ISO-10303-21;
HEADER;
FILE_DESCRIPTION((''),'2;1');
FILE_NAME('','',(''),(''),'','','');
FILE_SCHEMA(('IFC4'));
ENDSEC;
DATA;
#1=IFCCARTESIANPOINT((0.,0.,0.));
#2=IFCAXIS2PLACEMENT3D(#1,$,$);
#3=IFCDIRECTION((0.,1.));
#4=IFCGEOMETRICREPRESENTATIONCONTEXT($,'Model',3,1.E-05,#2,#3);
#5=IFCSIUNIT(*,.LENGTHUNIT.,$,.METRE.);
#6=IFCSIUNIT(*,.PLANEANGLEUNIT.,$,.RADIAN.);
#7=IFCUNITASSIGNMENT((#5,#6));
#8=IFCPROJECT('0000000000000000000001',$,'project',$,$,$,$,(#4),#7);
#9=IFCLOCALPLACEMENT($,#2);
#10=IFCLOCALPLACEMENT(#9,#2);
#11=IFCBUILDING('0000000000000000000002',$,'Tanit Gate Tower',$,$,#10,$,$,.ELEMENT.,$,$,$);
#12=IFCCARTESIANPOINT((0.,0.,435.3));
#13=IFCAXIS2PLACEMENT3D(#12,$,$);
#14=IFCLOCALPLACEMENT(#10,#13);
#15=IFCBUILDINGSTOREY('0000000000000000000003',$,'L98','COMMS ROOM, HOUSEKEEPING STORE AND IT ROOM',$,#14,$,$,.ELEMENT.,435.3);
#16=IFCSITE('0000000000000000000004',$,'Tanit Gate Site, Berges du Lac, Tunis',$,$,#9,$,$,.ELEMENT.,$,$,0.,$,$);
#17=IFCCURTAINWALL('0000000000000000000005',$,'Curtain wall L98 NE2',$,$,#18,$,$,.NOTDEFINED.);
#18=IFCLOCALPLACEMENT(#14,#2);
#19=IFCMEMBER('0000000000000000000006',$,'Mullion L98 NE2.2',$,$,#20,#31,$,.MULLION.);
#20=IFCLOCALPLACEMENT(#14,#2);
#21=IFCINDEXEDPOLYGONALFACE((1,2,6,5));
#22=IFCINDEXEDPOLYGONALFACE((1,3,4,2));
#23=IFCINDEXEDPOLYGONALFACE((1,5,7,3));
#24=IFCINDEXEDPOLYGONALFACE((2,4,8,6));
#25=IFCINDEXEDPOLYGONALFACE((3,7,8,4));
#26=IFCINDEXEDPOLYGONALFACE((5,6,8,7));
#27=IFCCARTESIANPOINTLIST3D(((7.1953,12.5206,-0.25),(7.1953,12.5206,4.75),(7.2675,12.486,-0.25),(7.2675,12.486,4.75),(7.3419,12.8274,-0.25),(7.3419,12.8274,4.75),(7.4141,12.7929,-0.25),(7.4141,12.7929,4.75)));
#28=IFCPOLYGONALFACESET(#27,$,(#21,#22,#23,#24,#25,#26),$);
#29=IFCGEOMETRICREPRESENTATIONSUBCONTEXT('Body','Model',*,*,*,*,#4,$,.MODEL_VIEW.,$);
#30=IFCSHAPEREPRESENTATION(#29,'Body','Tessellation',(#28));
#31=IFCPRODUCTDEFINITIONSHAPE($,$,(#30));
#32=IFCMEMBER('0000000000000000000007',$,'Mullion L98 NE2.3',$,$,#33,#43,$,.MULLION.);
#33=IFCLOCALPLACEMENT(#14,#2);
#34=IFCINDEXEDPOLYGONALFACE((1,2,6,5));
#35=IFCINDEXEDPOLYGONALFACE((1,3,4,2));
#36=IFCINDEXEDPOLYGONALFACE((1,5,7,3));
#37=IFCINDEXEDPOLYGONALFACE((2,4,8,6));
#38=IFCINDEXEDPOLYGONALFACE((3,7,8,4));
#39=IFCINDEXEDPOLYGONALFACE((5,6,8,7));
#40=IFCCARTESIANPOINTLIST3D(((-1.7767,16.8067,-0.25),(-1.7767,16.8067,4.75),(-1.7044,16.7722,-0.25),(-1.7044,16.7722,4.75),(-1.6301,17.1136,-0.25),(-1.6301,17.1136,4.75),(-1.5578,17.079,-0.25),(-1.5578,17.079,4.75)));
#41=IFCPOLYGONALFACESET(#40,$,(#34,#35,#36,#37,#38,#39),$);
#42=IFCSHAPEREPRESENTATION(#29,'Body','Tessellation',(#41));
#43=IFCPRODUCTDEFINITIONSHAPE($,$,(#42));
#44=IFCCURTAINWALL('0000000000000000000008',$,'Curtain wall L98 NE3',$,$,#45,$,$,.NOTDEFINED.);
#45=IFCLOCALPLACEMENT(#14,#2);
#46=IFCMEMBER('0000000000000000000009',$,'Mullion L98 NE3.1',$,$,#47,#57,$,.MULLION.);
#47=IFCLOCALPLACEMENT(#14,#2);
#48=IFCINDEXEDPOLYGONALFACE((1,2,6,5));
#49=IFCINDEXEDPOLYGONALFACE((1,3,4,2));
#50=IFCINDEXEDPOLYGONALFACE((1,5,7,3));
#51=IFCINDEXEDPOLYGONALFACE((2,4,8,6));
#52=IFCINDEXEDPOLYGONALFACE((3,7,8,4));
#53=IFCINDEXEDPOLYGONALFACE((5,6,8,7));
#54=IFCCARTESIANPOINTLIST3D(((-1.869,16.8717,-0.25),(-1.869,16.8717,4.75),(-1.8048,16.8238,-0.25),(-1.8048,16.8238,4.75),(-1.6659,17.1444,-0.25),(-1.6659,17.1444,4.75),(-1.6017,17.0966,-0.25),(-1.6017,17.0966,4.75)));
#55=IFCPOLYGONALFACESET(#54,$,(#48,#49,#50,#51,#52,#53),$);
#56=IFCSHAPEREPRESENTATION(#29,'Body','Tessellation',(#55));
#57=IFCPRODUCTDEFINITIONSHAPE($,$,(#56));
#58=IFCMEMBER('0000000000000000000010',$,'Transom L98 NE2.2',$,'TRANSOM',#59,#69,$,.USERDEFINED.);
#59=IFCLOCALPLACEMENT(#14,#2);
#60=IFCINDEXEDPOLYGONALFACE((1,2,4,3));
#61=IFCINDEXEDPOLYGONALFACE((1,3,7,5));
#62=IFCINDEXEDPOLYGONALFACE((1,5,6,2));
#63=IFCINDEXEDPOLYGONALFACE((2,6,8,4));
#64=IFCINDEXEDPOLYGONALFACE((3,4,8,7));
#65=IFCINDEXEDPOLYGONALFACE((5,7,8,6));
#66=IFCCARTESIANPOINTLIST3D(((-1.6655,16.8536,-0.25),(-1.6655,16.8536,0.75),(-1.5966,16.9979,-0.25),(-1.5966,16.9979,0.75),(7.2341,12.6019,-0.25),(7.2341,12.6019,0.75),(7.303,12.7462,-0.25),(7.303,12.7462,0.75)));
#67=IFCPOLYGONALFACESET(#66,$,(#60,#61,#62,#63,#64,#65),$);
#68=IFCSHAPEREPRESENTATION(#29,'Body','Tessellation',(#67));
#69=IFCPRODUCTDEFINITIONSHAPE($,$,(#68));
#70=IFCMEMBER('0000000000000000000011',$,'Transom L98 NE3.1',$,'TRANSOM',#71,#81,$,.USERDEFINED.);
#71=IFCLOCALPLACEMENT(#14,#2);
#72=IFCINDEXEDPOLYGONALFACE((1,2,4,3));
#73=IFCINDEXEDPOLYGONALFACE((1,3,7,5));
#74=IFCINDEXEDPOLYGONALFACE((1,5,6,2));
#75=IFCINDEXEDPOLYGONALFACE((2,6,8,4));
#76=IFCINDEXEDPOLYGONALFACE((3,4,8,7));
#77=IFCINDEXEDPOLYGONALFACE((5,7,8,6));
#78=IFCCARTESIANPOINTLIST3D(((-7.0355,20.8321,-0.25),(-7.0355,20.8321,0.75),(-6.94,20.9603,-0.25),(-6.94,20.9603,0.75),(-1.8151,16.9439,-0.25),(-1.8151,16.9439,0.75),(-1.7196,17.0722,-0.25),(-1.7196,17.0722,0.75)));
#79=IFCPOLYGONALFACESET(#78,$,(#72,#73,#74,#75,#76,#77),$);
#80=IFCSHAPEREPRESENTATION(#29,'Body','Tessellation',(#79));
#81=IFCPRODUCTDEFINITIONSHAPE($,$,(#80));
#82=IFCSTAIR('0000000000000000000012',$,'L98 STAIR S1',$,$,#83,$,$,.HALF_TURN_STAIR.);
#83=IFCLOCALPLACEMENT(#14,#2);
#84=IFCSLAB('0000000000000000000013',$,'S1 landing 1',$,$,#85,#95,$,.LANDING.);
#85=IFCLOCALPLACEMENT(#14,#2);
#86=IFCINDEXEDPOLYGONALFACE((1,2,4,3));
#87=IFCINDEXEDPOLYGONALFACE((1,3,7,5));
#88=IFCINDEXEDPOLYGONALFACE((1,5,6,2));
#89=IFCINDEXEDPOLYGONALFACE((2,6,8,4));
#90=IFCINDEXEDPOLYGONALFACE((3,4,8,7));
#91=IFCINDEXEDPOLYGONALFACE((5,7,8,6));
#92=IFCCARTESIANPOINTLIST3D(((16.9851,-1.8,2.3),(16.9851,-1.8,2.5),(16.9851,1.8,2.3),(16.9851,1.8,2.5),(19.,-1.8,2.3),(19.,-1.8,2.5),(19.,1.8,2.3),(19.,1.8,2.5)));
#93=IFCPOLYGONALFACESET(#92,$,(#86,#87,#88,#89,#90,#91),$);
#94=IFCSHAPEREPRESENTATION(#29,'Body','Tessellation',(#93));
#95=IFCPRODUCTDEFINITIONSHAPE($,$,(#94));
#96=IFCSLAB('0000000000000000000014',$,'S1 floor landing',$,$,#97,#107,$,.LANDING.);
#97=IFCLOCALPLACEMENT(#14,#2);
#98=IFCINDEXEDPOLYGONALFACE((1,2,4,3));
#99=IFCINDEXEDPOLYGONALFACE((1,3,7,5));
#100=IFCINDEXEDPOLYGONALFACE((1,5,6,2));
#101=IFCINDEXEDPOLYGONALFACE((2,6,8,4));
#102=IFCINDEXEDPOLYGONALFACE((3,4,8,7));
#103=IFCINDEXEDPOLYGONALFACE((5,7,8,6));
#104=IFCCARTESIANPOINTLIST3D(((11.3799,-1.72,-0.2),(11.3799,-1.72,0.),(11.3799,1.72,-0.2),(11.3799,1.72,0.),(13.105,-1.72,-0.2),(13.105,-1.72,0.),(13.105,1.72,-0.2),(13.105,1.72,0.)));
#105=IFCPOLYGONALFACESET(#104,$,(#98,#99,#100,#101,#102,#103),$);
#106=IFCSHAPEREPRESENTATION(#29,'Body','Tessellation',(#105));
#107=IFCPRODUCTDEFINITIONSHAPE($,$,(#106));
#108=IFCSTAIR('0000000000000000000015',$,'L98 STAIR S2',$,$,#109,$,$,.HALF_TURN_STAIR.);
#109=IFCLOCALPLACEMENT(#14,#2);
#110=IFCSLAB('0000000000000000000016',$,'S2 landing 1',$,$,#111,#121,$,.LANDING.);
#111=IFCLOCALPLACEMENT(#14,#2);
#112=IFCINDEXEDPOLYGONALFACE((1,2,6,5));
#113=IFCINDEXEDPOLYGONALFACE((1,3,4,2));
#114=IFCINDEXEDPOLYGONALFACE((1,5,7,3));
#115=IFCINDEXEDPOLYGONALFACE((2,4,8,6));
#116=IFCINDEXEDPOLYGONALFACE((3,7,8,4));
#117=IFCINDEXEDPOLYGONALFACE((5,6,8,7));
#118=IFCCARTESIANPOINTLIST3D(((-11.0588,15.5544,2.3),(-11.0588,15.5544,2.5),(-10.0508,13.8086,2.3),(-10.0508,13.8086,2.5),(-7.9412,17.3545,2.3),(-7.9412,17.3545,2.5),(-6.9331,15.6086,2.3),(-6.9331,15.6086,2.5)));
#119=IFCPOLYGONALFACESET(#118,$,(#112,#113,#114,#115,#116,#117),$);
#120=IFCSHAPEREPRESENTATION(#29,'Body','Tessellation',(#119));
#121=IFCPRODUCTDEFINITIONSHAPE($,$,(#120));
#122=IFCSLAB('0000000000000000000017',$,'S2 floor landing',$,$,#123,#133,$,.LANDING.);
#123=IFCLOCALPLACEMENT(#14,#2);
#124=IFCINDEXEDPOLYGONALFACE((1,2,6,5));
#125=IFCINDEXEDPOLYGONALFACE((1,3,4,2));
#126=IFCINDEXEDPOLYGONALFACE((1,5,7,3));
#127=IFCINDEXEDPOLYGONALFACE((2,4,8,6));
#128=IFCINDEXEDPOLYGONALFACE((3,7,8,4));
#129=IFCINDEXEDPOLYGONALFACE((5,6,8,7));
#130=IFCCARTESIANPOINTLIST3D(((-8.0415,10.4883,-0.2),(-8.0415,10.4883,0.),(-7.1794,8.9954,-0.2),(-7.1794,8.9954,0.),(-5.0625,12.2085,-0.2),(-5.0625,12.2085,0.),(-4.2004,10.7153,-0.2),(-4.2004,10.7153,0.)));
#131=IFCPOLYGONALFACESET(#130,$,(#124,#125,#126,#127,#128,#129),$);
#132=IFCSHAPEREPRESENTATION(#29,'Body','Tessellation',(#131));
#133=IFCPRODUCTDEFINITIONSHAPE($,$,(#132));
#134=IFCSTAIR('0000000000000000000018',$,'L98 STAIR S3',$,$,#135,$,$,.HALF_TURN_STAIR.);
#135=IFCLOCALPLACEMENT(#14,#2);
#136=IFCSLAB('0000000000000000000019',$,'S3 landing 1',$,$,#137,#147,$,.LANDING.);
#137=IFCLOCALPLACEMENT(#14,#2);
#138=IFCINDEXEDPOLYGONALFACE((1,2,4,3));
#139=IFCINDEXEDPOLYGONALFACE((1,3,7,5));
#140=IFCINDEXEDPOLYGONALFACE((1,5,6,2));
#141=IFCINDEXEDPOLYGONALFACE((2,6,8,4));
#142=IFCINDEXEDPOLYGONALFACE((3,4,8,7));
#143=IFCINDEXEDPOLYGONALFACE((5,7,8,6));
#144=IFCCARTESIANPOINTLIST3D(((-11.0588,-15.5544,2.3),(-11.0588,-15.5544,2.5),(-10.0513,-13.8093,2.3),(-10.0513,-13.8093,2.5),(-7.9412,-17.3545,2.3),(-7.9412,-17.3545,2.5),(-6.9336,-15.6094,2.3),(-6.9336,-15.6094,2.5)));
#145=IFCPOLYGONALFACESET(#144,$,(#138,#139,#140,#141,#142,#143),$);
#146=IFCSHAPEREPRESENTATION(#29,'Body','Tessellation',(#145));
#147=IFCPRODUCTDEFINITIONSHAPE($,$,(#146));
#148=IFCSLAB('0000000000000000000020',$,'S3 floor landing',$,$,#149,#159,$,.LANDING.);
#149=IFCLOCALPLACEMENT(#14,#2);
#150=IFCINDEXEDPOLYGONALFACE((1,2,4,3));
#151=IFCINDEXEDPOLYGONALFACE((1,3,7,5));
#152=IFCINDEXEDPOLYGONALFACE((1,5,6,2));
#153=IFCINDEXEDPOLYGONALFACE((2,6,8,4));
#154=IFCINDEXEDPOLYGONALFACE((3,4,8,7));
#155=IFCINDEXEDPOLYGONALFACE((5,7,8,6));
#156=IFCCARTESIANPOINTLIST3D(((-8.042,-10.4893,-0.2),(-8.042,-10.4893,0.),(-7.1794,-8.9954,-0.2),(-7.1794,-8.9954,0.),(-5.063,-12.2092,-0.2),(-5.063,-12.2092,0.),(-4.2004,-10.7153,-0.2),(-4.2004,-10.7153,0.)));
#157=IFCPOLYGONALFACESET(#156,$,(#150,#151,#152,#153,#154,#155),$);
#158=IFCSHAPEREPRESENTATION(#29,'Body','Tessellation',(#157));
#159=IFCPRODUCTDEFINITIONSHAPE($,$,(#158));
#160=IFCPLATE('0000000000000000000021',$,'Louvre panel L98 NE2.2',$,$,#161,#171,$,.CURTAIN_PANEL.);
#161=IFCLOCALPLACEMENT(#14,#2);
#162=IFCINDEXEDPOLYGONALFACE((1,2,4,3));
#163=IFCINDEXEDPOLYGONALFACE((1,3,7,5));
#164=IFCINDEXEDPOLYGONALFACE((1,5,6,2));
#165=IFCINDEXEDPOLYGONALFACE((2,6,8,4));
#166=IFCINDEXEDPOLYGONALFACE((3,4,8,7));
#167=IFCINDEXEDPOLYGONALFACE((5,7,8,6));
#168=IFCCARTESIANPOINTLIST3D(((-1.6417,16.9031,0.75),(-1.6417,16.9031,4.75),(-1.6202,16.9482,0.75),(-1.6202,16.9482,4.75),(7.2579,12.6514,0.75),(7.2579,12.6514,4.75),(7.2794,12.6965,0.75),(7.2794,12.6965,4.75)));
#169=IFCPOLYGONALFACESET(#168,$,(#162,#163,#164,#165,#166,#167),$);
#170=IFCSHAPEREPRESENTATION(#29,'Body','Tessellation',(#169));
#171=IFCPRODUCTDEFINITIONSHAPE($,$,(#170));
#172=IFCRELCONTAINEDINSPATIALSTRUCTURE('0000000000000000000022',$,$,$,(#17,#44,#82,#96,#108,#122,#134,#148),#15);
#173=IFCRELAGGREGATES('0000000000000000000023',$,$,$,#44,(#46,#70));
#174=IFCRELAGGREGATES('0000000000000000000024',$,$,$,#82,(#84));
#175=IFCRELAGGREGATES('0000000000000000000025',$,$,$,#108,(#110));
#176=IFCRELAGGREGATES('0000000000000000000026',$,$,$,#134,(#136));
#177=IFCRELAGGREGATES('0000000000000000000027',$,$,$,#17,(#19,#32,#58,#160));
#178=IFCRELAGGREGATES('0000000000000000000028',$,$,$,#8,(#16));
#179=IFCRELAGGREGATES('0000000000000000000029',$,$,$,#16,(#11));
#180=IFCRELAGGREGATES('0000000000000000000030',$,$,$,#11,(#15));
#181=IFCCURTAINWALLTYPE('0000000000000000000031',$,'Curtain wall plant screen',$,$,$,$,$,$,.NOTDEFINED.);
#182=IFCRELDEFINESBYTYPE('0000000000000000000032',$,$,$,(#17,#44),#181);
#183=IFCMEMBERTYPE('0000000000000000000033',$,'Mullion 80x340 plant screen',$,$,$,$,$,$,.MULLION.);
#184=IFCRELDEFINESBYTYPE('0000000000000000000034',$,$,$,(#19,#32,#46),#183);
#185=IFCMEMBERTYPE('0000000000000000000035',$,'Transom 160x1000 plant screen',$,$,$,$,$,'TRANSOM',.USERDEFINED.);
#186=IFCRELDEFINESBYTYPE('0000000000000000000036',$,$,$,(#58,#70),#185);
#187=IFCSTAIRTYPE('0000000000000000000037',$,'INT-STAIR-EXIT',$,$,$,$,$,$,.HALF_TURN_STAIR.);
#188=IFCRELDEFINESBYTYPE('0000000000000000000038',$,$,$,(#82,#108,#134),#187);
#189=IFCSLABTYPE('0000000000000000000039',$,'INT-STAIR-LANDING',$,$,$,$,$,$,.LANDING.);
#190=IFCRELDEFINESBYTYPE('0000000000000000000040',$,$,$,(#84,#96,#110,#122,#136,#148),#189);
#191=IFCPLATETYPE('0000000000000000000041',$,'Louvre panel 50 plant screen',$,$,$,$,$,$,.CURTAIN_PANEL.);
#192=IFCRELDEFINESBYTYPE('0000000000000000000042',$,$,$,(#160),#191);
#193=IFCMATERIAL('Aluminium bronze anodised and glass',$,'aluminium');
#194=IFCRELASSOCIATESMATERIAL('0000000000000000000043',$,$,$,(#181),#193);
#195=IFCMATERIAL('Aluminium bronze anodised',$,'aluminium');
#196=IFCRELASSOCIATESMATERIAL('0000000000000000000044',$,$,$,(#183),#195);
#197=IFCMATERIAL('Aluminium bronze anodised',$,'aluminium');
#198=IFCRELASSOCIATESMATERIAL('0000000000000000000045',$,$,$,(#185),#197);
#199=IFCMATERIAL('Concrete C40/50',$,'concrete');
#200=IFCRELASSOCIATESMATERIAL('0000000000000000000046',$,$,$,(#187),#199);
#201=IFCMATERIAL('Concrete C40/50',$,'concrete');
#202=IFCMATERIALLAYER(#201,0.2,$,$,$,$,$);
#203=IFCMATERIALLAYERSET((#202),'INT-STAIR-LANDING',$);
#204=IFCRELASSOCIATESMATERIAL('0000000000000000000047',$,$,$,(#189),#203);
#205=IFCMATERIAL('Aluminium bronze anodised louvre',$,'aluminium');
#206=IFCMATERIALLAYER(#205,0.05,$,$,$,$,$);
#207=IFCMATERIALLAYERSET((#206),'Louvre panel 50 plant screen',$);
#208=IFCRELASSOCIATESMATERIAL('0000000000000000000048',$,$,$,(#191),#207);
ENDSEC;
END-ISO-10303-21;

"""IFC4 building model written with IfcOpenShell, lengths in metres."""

from ifc_helpers import new_model, si_unit, direction, frame, origin, origin_2d, place, context, subcontext, project, spatial, polyline, rectangle, outline, extrude, material, layer, layer_set, material_profile, profile_set, type_object, element, aggregate, save


model = new_model("IFC4")

# Units and contexts
model_context = context("Model", 3, precision=1e-05, world=origin(), true_north=direction((0.0, 1.0)))
body_context = subcontext(model_context, "Body", "Model", "MODEL_VIEW")
ifc_project = project(units=[si_unit("LENGTHUNIT", "METRE"), si_unit("PLANEANGLEUNIT", "RADIAN")], contexts=[model_context])

# Site, building, storey
site_placement = place(None, origin())
site = spatial("IfcSite", under=ifc_project, at=site_placement, Name="Tanit Gate Site, Berges du Lac, Tunis", CompositionType="ELEMENT", RefElevation=0.0)
building_placement = place(site_placement, origin())
building = spatial("IfcBuilding", under=site, at=building_placement, Name="Tanit Gate Tower", CompositionType="ELEMENT")
storey_placement = place(building_placement, frame((0.0, 0.0, 435.3)))
storey = spatial("IfcBuildingStorey", under=building, at=storey_placement, Name="L98", Description="COMMS ROOM, HOUSEKEEPING STORE AND IT ROOM", CompositionType="ELEMENT", Elevation=435.3)

# Curtain wall, members
ifc_material_1 = material(Name="Aluminium bronze anodised and glass", Category="aluminium")
curtain_wall_type = type_object("IfcCurtainWallType", Name="Curtain wall plant screen", PredefinedType="NOTDEFINED", material=ifc_material_1)
curtain_wall_1_placement = place(storey_placement, origin())
curtain_wall_1 = element("IfcCurtainWall", 1, at=curtain_wall_1_placement, inside=storey, type_object=curtain_wall_type, Name="Curtain wall L98 NE2", PredefinedType="NOTDEFINED")
ifc_material_2 = material(Name="Aluminium bronze anodised", Category="aluminium")
ifc_material_profile_1 = material_profile(ifc_material_2, rectangle(XDim=0.3401, YDim=0.0801, at=origin_2d()), Name="80x340 bronze mullion")
ifc_profile_set_1 = profile_set([ifc_material_profile_1], Name="Aluminium bronze anodised")
member_type_1 = type_object("IfcMemberType", Name="Mullion 80x340 plant screen", PredefinedType="MULLION", material=ifc_profile_set_1)
member_1_placement = place(storey_placement, frame((7.3047, 12.6567, -0.25), z_axis=(0.0, 0.0, 1.0), x_axis=(-0.431073, -0.902317, 0.0)))
member_1 = element("IfcMember", 2, at=member_1_placement, type_object=member_type_1, Name="Mullion L98 NE2.2", PredefinedType="MULLION", context=body_context, shape_type="SweptSolid", body=[
    extrude(rectangle(XDim=0.3401, YDim=0.0801, at=origin_2d()), origin(), (0.0, 0.0, 1.0), 5.0),
])
member_2_placement = place(storey_placement, frame((-1.6672, 16.9429, -0.25), z_axis=(0.0, 0.0, 1.0), x_axis=(-0.431073, -0.902317, 0.0)))
member_2 = element("IfcMember", 3, at=member_2_placement, type_object=member_type_1, Name="Mullion L98 NE2.3", PredefinedType="MULLION", context=body_context, shape_type="SweptSolid", body=[
    extrude(rectangle(XDim=0.3401, YDim=0.0801, at=origin_2d()), origin(), (0.0, 0.0, 1.0), 5.0),
])

# Curtain wall, member
curtain_wall_2_placement = place(storey_placement, origin())
curtain_wall_2 = element("IfcCurtainWall", 4, at=curtain_wall_2_placement, inside=storey, type_object=curtain_wall_type, Name="Curtain wall L98 NE3", PredefinedType="NOTDEFINED")
member_3_placement = place(storey_placement, frame((-1.7354, 16.9841, -0.25), z_axis=(0.0, 0.0, 1.0), x_axis=(-0.597341, -0.801988, 0.0)))
member_3 = element("IfcMember", 5, at=member_3_placement, type_object=member_type_1, Name="Mullion L98 NE3.1", PredefinedType="MULLION", context=body_context, shape_type="SweptSolid", body=[
    extrude(rectangle(XDim=0.3401, YDim=0.0801, at=origin_2d()), origin(), (0.0, 0.0, 1.0), 5.0),
])

# Members
ifc_material_3 = material(Name="Aluminium bronze anodised", Category="aluminium")
ifc_material_profile_2 = material_profile(ifc_material_3, rectangle(XDim=0.1599, YDim=1.0, at=origin_2d()), Name="160x1000 bronze transom")
ifc_profile_set_2 = profile_set([ifc_material_profile_2], Name="Aluminium bronze anodised")
member_type_2 = type_object("IfcMemberType", Name="Transom 160x1000 plant screen", ElementType="TRANSOM", PredefinedType="USERDEFINED", material=ifc_profile_set_2)
member_4_placement = place(storey_placement, frame((7.2686, 12.6741, 0.25), z_axis=(-0.902318, 0.431072, 0.0), x_axis=(-0.431072, -0.902318, 0.0)))
member_4 = element("IfcMember", 6, at=member_4_placement, type_object=member_type_2, Name="Transom L98 NE2.2", ObjectType="TRANSOM", PredefinedType="USERDEFINED", context=body_context, shape_type="SweptSolid", body=[
    extrude(rectangle(XDim=0.1599, YDim=1.0, at=origin_2d()), origin(), (0.0, 0.0, 1.0), 9.863),
])
member_5_placement = place(storey_placement, frame((-1.7673, 17.0081, 0.25), z_axis=(-0.801998, 0.597326, 0.0), x_axis=(-0.597326, -0.801998, 0.0)))
member_5 = element("IfcMember", 7, at=member_5_placement, type_object=member_type_2, Name="Transom L98 NE3.1", ObjectType="TRANSOM", PredefinedType="USERDEFINED", context=body_context, shape_type="SweptSolid", body=[
    extrude(rectangle(XDim=0.1599, YDim=1.0, at=origin_2d()), origin(), (0.0, 0.0, 1.0), 6.5093),
])
aggregate(curtain_wall_2, [member_3, member_5])

# Stair, slab
ifc_material_4 = material(Name="Concrete C40/50", Category="concrete")
stair_type = type_object("IfcStairType", Name="INT-STAIR-EXIT", PredefinedType="HALF_TURN_STAIR", material=ifc_material_4)
stair_1_placement = place(storey_placement, origin())
stair_1 = element("IfcStair", 8, at=stair_1_placement, inside=storey, type_object=stair_type, Name="L98 STAIR S1", PredefinedType="HALF_TURN_STAIR")
ifc_material_5 = material(Name="Concrete C40/50", Category="concrete")
ifc_layer_1 = layer(ifc_material_5, 0.2)
ifc_layer_set_1 = layer_set([ifc_layer_1], Name="INT-STAIR-LANDING")
slab_type_1 = type_object("IfcSlabType", Name="INT-STAIR-LANDING", PredefinedType="LANDING", material=ifc_layer_set_1)
slab_1_placement = place(storey_placement, frame((0.0, 0.0, 2.3)))
slab_1 = element("IfcSlab", 9, at=slab_1_placement, type_object=slab_type_1, Name="S1 landing 1", PredefinedType="LANDING", context=body_context, shape_type="SweptSolid", body=[
    extrude(outline(polyline([(16.9851, -1.8), (19.0, -1.8), (19.0, 1.8), (16.9851, 1.8), (16.9851, -1.8)])), origin(), (0.0, 0.0, 1.0), 0.2),
])
aggregate(stair_1, [slab_1])

# Slab
slab_2_placement = place(storey_placement, frame((0.0, 0.0, -0.2)))
element("IfcSlab", 10, at=slab_2_placement, inside=storey, type_object=slab_type_1, Name="S1 floor landing", PredefinedType="LANDING", context=body_context, shape_type="SweptSolid", body=[
    extrude(outline(polyline([(11.3799, -1.72), (13.105, -1.72), (13.105, 1.72), (11.3799, 1.72), (11.3799, -1.72)])), origin(), (0.0, 0.0, 1.0), 0.2),
])

# Stair, slab
stair_2_placement = place(storey_placement, origin())
stair_2 = element("IfcStair", 11, at=stair_2_placement, inside=storey, type_object=stair_type, Name="L98 STAIR S2", PredefinedType="HALF_TURN_STAIR")
slab_3_placement = place(storey_placement, frame((0.0, 0.0, 2.3)))
slab_3 = element("IfcSlab", 12, at=slab_3_placement, type_object=slab_type_1, Name="S2 landing 1", PredefinedType="LANDING", context=body_context, shape_type="SweptSolid", body=[
    extrude(outline(polyline([(-6.9331, 15.6086), (-7.9412, 17.3545), (-11.0588, 15.5544), (-10.0508, 13.8086), (-6.9331, 15.6086)])), origin(), (0.0, 0.0, 1.0), 0.2),
])
aggregate(stair_2, [slab_3])

# Slab
slab_4_placement = place(storey_placement, frame((0.0, 0.0, -0.2)))
element("IfcSlab", 13, at=slab_4_placement, inside=storey, type_object=slab_type_1, Name="S2 floor landing", PredefinedType="LANDING", context=body_context, shape_type="SweptSolid", body=[
    extrude(outline(polyline([(-4.2004, 10.7153), (-5.0625, 12.2085), (-8.0415, 10.4883), (-7.1794, 8.9954), (-4.2004, 10.7153)])), origin(), (0.0, 0.0, 1.0), 0.2),
])

# Stair, slab
stair_3_placement = place(storey_placement, origin())
stair_3 = element("IfcStair", 14, at=stair_3_placement, inside=storey, type_object=stair_type, Name="L98 STAIR S3", PredefinedType="HALF_TURN_STAIR")
slab_5_placement = place(storey_placement, frame((0.0, 0.0, 2.3)))
slab_5 = element("IfcSlab", 15, at=slab_5_placement, type_object=slab_type_1, Name="S3 landing 1", PredefinedType="LANDING", context=body_context, shape_type="SweptSolid", body=[
    extrude(outline(polyline([(-10.0513, -13.8093), (-11.0588, -15.5544), (-7.9412, -17.3545), (-6.9336, -15.6094), (-10.0513, -13.8093)])), origin(), (0.0, 0.0, 1.0), 0.2),
])
aggregate(stair_3, [slab_5])

# Slab
slab_6_placement = place(storey_placement, frame((0.0, 0.0, -0.2)))
element("IfcSlab", 16, at=slab_6_placement, inside=storey, type_object=slab_type_1, Name="S3 floor landing", PredefinedType="LANDING", context=body_context, shape_type="SweptSolid", body=[
    extrude(outline(polyline([(-7.1794, -8.9954), (-8.042, -10.4893), (-5.063, -12.2092), (-4.2004, -10.7153), (-7.1794, -8.9954)])), origin(), (0.0, 0.0, 1.0), 0.2),
])

# Plate
ifc_material_6 = material(Name="Aluminium bronze anodised louvre", Category="aluminium")
ifc_layer_2 = layer(ifc_material_6, 0.05)
ifc_layer_set_2 = layer_set([ifc_layer_2], Name="Louvre panel 50 plant screen")
plate_type = type_object("IfcPlateType", Name="Louvre panel 50 plant screen", PredefinedType="CURTAIN_PANEL", material=ifc_layer_set_2)
plate_placement = place(storey_placement, frame((2.8188, 14.7998, 0.75), z_axis=(0.0, 0.0, 1.0), x_axis=(-0.902317, 0.431073, 0.0)))
plate = element("IfcPlate", 17, at=plate_placement, type_object=plate_type, Name="Louvre panel L98 NE2.2", PredefinedType="CURTAIN_PANEL", context=body_context, shape_type="SweptSolid", body=[
    extrude(rectangle(XDim=9.863, YDim=0.05, at=origin_2d()), origin(), (0.0, 0.0, 1.0), 4.0),
])
aggregate(curtain_wall_1, [member_1, member_2, member_4, plate])

save(model, "model.ifc")
